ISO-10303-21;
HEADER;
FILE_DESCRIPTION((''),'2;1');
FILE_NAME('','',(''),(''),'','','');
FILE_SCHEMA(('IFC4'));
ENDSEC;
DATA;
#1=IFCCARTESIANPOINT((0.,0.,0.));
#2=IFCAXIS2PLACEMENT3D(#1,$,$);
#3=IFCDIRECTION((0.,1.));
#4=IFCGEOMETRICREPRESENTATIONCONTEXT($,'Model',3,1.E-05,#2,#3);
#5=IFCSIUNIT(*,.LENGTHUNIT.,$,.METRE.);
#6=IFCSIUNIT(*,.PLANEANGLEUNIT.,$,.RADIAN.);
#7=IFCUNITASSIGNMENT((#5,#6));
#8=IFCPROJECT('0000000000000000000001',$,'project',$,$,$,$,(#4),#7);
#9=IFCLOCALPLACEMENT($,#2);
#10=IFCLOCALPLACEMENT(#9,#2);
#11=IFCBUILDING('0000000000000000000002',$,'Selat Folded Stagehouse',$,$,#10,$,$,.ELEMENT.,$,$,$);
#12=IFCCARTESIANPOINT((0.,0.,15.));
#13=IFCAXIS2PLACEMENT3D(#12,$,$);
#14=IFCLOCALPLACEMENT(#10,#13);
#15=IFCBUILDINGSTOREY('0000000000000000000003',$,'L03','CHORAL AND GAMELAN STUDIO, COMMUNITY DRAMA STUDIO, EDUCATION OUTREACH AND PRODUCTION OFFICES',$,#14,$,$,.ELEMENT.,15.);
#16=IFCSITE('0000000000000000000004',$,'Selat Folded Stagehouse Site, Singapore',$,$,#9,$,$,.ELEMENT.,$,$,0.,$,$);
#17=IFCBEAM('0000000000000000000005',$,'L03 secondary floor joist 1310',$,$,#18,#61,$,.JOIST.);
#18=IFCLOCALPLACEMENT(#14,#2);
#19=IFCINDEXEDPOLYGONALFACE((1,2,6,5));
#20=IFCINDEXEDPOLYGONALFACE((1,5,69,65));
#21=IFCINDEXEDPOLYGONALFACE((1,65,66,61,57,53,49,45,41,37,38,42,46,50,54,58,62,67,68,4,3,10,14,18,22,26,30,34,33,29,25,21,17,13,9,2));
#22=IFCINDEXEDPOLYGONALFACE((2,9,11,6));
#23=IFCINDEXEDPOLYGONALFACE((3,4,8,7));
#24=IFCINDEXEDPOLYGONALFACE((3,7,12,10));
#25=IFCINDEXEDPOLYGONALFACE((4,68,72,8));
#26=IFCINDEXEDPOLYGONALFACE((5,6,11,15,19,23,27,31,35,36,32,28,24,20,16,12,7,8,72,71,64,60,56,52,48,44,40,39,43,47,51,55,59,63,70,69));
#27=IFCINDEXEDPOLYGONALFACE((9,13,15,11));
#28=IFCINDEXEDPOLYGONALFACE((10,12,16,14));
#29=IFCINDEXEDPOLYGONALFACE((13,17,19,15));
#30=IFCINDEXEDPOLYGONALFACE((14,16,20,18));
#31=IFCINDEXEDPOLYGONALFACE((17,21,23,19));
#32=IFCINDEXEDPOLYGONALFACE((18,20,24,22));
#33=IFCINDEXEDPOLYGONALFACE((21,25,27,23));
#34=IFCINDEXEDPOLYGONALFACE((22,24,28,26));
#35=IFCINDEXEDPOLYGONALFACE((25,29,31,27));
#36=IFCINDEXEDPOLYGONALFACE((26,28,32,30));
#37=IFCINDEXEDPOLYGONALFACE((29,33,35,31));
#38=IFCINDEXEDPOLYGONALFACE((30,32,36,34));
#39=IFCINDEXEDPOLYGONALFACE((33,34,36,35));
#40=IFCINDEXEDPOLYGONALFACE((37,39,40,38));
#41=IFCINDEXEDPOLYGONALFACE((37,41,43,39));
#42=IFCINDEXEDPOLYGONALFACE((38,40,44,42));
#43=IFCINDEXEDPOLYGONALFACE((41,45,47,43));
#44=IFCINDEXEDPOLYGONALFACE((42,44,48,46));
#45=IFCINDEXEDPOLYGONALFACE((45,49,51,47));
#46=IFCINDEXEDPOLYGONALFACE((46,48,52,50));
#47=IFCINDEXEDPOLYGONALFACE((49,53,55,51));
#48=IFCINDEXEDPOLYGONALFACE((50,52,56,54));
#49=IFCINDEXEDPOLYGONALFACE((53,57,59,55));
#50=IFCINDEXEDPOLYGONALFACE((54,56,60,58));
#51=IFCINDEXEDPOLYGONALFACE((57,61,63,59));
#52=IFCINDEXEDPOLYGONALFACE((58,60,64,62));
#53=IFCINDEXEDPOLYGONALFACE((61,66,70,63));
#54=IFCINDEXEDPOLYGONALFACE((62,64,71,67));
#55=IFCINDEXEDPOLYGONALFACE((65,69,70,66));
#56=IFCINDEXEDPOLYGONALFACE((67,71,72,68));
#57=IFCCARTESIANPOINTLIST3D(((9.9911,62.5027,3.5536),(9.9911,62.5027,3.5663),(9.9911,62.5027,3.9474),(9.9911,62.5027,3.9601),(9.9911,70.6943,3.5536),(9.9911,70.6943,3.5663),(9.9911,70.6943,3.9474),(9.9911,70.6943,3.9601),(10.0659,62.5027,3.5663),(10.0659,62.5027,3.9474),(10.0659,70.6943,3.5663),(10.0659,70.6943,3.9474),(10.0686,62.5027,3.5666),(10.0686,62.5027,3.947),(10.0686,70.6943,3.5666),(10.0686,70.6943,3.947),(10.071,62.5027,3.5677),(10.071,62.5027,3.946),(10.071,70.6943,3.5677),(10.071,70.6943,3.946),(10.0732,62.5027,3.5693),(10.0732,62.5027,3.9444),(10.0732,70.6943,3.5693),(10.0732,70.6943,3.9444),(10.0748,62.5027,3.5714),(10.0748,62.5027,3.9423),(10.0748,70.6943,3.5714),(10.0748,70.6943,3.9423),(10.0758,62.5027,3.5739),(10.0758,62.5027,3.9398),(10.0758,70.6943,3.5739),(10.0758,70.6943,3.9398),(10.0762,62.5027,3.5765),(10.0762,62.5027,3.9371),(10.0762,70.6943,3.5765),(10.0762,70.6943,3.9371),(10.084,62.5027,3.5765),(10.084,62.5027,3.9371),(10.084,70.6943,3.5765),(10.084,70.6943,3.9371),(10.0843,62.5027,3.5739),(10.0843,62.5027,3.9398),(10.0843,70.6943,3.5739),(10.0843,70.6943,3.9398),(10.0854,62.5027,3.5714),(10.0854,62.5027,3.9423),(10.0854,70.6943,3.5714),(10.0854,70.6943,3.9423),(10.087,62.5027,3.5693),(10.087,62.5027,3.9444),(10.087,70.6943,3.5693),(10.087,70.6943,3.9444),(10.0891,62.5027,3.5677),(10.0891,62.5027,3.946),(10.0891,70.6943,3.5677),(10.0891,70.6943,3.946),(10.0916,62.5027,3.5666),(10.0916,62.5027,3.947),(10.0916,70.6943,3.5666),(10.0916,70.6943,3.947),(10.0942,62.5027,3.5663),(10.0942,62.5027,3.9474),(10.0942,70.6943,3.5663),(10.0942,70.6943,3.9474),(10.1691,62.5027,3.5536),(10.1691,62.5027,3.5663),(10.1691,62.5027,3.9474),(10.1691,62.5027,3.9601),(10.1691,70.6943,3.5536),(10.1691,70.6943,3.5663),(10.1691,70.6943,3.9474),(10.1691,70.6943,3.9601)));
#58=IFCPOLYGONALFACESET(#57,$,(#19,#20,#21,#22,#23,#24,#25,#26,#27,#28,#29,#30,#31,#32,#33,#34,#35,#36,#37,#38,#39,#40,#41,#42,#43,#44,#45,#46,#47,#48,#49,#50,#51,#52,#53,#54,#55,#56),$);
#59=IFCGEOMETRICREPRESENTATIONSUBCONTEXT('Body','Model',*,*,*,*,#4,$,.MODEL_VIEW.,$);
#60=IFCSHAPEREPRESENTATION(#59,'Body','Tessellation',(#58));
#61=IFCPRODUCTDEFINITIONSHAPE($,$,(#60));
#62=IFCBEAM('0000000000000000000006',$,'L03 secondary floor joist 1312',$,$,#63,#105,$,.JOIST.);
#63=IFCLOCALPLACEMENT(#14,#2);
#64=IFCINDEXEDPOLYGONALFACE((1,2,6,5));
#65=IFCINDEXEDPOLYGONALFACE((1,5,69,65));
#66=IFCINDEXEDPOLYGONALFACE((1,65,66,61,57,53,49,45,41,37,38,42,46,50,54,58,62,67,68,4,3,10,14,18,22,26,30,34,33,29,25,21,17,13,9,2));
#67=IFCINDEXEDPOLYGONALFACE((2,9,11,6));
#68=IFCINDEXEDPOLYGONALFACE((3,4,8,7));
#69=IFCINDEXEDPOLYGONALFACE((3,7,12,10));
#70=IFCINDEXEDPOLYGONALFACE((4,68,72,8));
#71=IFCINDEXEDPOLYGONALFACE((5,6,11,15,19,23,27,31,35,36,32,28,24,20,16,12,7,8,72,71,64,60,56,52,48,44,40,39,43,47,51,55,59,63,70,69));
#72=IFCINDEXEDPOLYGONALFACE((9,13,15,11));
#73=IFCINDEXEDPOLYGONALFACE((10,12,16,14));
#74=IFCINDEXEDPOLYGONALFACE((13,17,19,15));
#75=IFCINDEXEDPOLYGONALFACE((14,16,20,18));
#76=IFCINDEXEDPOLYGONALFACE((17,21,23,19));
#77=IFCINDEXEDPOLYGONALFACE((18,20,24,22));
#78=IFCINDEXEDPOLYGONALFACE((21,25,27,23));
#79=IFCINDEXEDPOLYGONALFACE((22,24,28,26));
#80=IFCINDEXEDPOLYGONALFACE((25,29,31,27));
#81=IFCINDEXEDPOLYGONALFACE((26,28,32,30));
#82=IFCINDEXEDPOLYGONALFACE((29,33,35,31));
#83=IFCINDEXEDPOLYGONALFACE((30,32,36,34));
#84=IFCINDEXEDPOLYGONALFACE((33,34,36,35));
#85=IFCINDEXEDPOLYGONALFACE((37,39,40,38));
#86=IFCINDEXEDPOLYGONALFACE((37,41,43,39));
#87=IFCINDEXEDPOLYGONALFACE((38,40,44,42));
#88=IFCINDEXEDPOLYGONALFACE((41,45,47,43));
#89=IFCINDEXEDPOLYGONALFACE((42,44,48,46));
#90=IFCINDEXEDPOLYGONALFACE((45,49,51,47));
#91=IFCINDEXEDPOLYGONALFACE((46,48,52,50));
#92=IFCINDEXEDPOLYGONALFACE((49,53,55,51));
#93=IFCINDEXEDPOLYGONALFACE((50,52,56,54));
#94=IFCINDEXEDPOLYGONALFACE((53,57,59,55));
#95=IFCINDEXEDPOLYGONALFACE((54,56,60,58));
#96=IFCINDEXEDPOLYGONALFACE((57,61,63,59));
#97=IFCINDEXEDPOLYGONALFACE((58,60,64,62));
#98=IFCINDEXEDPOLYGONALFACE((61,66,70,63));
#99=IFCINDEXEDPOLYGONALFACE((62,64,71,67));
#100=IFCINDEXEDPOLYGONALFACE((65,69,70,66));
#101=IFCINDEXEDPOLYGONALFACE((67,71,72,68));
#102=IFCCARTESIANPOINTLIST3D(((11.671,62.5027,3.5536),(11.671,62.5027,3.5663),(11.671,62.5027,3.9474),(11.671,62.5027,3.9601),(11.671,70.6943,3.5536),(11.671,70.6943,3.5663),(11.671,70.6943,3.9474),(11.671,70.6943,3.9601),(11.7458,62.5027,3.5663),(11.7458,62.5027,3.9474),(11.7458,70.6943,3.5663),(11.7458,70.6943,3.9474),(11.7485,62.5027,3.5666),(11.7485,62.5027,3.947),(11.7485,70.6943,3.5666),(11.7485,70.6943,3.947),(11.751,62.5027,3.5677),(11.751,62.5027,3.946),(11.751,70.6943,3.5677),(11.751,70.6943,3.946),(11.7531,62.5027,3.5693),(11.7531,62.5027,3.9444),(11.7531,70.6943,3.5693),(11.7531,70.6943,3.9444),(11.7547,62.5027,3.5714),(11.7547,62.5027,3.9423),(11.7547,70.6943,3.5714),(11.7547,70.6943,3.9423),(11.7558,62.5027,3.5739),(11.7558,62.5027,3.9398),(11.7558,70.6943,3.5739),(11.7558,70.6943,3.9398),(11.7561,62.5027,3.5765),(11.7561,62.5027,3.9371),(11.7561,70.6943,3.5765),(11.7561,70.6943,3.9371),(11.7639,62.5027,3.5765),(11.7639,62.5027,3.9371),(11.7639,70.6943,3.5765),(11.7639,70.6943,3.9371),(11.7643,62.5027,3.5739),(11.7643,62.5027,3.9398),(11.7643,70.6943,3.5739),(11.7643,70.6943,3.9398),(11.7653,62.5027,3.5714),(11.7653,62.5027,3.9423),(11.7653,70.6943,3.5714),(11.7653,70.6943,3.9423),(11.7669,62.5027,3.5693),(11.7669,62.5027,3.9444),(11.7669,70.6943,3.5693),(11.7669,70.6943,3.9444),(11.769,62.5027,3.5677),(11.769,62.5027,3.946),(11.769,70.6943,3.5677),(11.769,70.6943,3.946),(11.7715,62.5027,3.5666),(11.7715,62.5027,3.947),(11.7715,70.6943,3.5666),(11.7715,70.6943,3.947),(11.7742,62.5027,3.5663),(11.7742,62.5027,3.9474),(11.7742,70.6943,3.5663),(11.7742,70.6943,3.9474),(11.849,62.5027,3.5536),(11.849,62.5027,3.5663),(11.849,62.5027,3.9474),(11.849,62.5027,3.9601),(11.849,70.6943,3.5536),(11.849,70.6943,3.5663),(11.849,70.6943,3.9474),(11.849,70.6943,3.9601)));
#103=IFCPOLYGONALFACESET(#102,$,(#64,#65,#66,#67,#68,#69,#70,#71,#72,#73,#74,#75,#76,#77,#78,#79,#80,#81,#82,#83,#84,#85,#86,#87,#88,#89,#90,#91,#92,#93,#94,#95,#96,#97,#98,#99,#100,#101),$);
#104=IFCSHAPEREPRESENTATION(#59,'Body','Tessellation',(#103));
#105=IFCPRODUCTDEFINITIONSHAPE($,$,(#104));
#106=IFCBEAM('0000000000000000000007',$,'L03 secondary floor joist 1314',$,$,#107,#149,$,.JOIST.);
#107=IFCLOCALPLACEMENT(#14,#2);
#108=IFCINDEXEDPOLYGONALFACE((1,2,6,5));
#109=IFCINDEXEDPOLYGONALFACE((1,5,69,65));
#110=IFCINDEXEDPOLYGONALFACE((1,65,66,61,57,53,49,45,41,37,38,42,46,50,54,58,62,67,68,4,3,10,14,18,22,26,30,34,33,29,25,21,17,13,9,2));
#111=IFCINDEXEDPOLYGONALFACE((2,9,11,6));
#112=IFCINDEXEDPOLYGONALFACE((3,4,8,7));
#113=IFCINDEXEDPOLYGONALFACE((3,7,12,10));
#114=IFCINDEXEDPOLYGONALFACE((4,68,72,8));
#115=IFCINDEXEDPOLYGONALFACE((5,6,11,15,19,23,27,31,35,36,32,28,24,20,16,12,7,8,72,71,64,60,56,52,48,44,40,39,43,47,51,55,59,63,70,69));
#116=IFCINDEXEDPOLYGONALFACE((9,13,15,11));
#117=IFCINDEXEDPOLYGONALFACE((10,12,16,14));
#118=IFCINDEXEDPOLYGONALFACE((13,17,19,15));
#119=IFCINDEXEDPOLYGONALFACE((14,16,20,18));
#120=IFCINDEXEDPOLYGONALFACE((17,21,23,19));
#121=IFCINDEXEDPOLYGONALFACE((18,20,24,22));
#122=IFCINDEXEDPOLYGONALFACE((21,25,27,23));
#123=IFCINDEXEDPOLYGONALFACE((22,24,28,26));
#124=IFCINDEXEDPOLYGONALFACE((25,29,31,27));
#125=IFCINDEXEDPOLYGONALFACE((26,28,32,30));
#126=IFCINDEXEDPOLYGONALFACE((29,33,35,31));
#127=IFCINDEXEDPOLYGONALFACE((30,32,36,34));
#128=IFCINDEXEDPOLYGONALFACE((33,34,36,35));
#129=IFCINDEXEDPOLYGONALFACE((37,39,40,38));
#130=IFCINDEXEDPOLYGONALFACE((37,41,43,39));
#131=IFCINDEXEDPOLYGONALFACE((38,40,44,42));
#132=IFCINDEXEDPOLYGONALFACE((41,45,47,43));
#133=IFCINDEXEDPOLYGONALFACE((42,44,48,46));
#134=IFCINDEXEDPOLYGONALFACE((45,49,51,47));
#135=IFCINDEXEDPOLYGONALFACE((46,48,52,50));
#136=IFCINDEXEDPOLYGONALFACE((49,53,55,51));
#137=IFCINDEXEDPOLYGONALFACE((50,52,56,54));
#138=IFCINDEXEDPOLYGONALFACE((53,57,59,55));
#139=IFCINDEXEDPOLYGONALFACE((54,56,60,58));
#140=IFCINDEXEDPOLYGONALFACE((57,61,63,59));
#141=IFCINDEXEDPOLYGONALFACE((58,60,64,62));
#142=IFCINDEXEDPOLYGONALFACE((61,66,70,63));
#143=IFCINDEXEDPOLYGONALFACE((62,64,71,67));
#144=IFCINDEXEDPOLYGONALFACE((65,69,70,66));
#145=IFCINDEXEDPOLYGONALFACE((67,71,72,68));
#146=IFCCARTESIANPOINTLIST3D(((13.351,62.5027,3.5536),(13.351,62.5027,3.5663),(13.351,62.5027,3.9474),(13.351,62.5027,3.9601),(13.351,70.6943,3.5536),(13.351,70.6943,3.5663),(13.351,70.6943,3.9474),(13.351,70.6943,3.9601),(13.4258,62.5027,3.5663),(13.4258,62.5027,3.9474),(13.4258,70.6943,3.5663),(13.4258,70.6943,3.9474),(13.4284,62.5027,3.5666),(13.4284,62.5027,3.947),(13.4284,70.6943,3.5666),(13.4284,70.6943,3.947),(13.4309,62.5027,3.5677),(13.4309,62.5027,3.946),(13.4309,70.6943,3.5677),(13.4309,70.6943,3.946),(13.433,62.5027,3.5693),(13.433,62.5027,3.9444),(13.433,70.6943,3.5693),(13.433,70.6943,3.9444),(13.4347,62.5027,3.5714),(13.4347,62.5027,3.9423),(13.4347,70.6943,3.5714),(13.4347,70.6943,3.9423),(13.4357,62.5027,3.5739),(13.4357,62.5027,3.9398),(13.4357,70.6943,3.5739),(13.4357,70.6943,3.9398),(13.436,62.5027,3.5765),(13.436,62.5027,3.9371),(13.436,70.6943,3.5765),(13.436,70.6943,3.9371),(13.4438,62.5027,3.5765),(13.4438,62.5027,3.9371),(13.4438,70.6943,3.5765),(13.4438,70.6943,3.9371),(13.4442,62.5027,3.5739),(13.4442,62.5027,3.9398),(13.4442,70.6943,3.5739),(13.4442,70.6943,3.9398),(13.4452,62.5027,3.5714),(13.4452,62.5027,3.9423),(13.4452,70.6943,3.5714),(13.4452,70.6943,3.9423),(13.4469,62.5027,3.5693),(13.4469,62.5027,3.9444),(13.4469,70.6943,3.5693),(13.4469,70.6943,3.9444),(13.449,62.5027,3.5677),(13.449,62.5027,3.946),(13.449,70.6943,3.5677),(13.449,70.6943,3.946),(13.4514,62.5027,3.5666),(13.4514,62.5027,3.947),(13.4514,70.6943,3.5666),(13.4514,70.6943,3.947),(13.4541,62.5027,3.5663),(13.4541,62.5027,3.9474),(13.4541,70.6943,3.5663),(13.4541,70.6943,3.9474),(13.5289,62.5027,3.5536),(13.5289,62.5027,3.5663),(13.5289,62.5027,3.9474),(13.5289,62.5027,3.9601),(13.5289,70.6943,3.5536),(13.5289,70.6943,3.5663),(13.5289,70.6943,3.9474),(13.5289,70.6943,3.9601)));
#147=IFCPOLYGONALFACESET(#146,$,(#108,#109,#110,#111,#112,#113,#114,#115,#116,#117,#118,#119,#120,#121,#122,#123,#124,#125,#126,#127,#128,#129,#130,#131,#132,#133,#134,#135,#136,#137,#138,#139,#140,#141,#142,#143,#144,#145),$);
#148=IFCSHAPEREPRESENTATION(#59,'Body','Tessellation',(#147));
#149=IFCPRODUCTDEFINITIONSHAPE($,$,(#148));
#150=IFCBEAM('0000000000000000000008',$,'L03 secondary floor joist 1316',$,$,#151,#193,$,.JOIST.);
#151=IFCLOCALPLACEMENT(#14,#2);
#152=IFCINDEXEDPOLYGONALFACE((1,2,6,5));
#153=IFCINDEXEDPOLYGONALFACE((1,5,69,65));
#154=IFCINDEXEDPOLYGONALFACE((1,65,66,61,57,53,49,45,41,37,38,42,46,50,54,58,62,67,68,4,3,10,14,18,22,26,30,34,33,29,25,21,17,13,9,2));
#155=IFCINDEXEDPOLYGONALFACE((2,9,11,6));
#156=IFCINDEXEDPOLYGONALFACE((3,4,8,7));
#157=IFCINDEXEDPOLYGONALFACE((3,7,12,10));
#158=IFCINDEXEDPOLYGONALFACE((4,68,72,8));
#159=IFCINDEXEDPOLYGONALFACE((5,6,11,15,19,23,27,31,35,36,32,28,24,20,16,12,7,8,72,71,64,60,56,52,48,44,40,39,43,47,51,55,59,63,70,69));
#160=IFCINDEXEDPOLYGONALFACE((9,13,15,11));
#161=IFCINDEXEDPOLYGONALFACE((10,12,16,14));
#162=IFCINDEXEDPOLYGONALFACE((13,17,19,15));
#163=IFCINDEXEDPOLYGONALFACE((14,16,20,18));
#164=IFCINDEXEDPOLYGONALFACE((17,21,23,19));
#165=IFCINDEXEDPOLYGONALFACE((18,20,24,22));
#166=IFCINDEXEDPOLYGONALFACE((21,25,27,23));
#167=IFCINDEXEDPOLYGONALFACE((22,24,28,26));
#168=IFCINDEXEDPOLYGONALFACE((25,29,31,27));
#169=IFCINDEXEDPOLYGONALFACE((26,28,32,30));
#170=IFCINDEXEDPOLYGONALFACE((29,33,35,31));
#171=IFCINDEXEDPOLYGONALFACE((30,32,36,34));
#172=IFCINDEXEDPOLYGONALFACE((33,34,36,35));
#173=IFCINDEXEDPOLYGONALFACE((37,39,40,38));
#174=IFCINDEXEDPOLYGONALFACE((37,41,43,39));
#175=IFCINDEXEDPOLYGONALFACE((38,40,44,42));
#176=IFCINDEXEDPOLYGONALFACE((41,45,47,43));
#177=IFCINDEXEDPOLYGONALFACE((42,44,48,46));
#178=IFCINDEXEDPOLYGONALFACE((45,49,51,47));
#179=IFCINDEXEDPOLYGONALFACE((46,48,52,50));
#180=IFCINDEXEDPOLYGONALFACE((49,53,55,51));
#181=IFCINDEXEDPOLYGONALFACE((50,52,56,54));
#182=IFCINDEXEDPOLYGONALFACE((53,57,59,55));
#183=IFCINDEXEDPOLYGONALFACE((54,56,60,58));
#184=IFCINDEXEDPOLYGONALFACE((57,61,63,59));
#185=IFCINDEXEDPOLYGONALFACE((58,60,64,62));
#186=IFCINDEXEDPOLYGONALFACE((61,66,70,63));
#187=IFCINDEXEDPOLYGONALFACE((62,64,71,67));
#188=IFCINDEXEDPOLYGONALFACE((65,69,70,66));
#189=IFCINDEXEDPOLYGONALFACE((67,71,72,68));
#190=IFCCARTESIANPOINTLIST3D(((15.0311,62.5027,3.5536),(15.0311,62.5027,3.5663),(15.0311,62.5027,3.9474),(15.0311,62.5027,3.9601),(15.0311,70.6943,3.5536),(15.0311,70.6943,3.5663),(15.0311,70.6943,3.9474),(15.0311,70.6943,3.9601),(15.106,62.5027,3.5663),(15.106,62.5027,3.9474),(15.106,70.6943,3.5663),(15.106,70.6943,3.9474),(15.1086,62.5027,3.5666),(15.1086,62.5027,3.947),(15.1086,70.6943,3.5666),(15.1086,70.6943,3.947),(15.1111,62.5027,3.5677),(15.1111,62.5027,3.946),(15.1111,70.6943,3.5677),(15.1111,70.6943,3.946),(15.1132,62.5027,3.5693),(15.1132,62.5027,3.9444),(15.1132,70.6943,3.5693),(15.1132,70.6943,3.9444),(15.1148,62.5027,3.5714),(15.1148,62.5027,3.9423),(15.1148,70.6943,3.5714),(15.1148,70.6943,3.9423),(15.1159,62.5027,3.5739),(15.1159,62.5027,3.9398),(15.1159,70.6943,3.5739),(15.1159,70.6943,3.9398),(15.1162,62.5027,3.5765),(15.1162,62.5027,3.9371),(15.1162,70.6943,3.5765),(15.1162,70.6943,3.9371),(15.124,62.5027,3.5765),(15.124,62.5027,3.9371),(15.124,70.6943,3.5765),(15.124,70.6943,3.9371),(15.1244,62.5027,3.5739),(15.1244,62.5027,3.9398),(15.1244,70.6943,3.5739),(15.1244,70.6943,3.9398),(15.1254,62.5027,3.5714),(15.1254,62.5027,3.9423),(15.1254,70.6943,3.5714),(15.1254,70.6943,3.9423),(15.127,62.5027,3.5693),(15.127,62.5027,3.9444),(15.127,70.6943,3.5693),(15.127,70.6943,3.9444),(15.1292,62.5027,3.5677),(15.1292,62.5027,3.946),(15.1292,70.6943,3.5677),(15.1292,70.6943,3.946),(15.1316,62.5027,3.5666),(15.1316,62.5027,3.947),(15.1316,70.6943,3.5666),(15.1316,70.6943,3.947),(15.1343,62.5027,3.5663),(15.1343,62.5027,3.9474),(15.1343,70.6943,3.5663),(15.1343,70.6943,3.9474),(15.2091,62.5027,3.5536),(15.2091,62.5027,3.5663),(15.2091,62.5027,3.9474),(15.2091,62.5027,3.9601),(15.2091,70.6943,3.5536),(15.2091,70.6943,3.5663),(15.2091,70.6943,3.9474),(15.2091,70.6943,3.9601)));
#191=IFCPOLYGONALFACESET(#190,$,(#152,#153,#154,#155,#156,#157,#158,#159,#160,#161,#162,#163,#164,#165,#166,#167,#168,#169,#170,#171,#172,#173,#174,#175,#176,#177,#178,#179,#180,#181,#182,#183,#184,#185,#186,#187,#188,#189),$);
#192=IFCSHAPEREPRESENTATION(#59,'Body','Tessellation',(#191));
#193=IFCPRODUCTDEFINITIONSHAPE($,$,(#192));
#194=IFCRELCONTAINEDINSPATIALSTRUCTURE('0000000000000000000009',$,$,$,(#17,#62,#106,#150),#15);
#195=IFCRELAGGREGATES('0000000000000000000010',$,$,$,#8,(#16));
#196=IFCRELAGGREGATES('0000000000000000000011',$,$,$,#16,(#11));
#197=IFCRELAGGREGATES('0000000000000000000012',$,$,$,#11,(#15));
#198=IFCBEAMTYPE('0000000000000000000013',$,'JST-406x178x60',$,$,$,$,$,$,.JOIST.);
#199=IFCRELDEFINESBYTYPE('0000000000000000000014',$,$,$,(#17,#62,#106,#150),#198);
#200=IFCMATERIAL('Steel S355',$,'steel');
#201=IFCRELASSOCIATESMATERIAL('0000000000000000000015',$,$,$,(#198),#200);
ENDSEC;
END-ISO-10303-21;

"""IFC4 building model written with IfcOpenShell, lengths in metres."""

from ifc_helpers import new_model, si_unit, direction, frame, origin, origin_2d, place, context, subcontext, project, spatial, i_section, extrude, material, material_profile, profile_set, type_object, element, save


model = new_model("IFC4")

# Units and contexts
model_context = context("Model", 3, precision=1e-05, world=origin(), true_north=direction((0.0, 1.0)))
body_context = subcontext(model_context, "Body", "Model", "MODEL_VIEW")
ifc_project = project(units=[si_unit("LENGTHUNIT", "METRE"), si_unit("PLANEANGLEUNIT", "RADIAN")], contexts=[model_context])

# Site, building, storey
site_placement = place(None, origin())
site = spatial("IfcSite", under=ifc_project, at=site_placement, Name="Selat Folded Stagehouse Site, Singapore", CompositionType="ELEMENT", RefElevation=0.0)
building_placement = place(site_placement, origin())
building = spatial("IfcBuilding", under=site, at=building_placement, Name="Selat Folded Stagehouse", CompositionType="ELEMENT")
storey_placement = place(building_placement, frame((0.0, 0.0, 15.0)))
storey = spatial("IfcBuildingStorey", under=building, at=storey_placement, Name="L03", Description="CHORAL AND GAMELAN STUDIO, COMMUNITY DRAMA STUDIO, EDUCATION OUTREACH AND PRODUCTION OFFICES", CompositionType="ELEMENT", Elevation=15.0)

# Shared definitions
ifc_material_1 = material(Name="Steel S355", Category="steel")

# Beams
ifc_material_profile_1 = material_profile(ifc_material_1, i_section(OverallWidth=0.178, OverallDepth=0.4065, WebThickness=0.0078, FlangeThickness=0.0127, FilletRadius=0.0103, at=origin_2d()), Name="UKB 406x178x60")
ifc_profile_set_1 = profile_set([ifc_material_profile_1], Name="Steel S355")
beam_type_1 = type_object("IfcBeamType", Name="JST-406x178x60", PredefinedType="JOIST", material=ifc_profile_set_1)
for number, where, z_axis, x_axis, name in (
    (1, (10.0801, 62.5027, 3.7568), (0.0, 1.0, 0.0), (-1.0, 0.0, 0.0), "L03 secondary floor joist 1310"),
    (2, (11.76, 62.5027, 3.7568), (0.0, 1.0, 0.0), (-1.0, 0.0, 0.0), "L03 secondary floor joist 1312"),
    (3, (13.4399, 62.5027, 3.7568), (0.0, 1.0, 0.0), (-1.0, 0.0, 0.0), "L03 secondary floor joist 1314"),
    (4, (15.1201, 62.5027, 3.7568), (0.0, 1.0, 0.0), (-1.0, 0.0, 0.0), "L03 secondary floor joist 1316"),
):
    element("IfcBeam", number, at=place(storey_placement, frame(where, z_axis=z_axis, x_axis=x_axis)), inside=storey, type_object=beam_type_1, Name=name, PredefinedType="JOIST", context=body_context, shape_type="SweptSolid", body=[
        extrude(i_section(OverallWidth=0.178, OverallDepth=0.4065, WebThickness=0.0078, FlangeThickness=0.0127, FilletRadius=0.0103, at=origin_2d()), origin(), (0.0, 0.0, 1.0), 8.1917),
    ])

save(model, "model.ifc")
